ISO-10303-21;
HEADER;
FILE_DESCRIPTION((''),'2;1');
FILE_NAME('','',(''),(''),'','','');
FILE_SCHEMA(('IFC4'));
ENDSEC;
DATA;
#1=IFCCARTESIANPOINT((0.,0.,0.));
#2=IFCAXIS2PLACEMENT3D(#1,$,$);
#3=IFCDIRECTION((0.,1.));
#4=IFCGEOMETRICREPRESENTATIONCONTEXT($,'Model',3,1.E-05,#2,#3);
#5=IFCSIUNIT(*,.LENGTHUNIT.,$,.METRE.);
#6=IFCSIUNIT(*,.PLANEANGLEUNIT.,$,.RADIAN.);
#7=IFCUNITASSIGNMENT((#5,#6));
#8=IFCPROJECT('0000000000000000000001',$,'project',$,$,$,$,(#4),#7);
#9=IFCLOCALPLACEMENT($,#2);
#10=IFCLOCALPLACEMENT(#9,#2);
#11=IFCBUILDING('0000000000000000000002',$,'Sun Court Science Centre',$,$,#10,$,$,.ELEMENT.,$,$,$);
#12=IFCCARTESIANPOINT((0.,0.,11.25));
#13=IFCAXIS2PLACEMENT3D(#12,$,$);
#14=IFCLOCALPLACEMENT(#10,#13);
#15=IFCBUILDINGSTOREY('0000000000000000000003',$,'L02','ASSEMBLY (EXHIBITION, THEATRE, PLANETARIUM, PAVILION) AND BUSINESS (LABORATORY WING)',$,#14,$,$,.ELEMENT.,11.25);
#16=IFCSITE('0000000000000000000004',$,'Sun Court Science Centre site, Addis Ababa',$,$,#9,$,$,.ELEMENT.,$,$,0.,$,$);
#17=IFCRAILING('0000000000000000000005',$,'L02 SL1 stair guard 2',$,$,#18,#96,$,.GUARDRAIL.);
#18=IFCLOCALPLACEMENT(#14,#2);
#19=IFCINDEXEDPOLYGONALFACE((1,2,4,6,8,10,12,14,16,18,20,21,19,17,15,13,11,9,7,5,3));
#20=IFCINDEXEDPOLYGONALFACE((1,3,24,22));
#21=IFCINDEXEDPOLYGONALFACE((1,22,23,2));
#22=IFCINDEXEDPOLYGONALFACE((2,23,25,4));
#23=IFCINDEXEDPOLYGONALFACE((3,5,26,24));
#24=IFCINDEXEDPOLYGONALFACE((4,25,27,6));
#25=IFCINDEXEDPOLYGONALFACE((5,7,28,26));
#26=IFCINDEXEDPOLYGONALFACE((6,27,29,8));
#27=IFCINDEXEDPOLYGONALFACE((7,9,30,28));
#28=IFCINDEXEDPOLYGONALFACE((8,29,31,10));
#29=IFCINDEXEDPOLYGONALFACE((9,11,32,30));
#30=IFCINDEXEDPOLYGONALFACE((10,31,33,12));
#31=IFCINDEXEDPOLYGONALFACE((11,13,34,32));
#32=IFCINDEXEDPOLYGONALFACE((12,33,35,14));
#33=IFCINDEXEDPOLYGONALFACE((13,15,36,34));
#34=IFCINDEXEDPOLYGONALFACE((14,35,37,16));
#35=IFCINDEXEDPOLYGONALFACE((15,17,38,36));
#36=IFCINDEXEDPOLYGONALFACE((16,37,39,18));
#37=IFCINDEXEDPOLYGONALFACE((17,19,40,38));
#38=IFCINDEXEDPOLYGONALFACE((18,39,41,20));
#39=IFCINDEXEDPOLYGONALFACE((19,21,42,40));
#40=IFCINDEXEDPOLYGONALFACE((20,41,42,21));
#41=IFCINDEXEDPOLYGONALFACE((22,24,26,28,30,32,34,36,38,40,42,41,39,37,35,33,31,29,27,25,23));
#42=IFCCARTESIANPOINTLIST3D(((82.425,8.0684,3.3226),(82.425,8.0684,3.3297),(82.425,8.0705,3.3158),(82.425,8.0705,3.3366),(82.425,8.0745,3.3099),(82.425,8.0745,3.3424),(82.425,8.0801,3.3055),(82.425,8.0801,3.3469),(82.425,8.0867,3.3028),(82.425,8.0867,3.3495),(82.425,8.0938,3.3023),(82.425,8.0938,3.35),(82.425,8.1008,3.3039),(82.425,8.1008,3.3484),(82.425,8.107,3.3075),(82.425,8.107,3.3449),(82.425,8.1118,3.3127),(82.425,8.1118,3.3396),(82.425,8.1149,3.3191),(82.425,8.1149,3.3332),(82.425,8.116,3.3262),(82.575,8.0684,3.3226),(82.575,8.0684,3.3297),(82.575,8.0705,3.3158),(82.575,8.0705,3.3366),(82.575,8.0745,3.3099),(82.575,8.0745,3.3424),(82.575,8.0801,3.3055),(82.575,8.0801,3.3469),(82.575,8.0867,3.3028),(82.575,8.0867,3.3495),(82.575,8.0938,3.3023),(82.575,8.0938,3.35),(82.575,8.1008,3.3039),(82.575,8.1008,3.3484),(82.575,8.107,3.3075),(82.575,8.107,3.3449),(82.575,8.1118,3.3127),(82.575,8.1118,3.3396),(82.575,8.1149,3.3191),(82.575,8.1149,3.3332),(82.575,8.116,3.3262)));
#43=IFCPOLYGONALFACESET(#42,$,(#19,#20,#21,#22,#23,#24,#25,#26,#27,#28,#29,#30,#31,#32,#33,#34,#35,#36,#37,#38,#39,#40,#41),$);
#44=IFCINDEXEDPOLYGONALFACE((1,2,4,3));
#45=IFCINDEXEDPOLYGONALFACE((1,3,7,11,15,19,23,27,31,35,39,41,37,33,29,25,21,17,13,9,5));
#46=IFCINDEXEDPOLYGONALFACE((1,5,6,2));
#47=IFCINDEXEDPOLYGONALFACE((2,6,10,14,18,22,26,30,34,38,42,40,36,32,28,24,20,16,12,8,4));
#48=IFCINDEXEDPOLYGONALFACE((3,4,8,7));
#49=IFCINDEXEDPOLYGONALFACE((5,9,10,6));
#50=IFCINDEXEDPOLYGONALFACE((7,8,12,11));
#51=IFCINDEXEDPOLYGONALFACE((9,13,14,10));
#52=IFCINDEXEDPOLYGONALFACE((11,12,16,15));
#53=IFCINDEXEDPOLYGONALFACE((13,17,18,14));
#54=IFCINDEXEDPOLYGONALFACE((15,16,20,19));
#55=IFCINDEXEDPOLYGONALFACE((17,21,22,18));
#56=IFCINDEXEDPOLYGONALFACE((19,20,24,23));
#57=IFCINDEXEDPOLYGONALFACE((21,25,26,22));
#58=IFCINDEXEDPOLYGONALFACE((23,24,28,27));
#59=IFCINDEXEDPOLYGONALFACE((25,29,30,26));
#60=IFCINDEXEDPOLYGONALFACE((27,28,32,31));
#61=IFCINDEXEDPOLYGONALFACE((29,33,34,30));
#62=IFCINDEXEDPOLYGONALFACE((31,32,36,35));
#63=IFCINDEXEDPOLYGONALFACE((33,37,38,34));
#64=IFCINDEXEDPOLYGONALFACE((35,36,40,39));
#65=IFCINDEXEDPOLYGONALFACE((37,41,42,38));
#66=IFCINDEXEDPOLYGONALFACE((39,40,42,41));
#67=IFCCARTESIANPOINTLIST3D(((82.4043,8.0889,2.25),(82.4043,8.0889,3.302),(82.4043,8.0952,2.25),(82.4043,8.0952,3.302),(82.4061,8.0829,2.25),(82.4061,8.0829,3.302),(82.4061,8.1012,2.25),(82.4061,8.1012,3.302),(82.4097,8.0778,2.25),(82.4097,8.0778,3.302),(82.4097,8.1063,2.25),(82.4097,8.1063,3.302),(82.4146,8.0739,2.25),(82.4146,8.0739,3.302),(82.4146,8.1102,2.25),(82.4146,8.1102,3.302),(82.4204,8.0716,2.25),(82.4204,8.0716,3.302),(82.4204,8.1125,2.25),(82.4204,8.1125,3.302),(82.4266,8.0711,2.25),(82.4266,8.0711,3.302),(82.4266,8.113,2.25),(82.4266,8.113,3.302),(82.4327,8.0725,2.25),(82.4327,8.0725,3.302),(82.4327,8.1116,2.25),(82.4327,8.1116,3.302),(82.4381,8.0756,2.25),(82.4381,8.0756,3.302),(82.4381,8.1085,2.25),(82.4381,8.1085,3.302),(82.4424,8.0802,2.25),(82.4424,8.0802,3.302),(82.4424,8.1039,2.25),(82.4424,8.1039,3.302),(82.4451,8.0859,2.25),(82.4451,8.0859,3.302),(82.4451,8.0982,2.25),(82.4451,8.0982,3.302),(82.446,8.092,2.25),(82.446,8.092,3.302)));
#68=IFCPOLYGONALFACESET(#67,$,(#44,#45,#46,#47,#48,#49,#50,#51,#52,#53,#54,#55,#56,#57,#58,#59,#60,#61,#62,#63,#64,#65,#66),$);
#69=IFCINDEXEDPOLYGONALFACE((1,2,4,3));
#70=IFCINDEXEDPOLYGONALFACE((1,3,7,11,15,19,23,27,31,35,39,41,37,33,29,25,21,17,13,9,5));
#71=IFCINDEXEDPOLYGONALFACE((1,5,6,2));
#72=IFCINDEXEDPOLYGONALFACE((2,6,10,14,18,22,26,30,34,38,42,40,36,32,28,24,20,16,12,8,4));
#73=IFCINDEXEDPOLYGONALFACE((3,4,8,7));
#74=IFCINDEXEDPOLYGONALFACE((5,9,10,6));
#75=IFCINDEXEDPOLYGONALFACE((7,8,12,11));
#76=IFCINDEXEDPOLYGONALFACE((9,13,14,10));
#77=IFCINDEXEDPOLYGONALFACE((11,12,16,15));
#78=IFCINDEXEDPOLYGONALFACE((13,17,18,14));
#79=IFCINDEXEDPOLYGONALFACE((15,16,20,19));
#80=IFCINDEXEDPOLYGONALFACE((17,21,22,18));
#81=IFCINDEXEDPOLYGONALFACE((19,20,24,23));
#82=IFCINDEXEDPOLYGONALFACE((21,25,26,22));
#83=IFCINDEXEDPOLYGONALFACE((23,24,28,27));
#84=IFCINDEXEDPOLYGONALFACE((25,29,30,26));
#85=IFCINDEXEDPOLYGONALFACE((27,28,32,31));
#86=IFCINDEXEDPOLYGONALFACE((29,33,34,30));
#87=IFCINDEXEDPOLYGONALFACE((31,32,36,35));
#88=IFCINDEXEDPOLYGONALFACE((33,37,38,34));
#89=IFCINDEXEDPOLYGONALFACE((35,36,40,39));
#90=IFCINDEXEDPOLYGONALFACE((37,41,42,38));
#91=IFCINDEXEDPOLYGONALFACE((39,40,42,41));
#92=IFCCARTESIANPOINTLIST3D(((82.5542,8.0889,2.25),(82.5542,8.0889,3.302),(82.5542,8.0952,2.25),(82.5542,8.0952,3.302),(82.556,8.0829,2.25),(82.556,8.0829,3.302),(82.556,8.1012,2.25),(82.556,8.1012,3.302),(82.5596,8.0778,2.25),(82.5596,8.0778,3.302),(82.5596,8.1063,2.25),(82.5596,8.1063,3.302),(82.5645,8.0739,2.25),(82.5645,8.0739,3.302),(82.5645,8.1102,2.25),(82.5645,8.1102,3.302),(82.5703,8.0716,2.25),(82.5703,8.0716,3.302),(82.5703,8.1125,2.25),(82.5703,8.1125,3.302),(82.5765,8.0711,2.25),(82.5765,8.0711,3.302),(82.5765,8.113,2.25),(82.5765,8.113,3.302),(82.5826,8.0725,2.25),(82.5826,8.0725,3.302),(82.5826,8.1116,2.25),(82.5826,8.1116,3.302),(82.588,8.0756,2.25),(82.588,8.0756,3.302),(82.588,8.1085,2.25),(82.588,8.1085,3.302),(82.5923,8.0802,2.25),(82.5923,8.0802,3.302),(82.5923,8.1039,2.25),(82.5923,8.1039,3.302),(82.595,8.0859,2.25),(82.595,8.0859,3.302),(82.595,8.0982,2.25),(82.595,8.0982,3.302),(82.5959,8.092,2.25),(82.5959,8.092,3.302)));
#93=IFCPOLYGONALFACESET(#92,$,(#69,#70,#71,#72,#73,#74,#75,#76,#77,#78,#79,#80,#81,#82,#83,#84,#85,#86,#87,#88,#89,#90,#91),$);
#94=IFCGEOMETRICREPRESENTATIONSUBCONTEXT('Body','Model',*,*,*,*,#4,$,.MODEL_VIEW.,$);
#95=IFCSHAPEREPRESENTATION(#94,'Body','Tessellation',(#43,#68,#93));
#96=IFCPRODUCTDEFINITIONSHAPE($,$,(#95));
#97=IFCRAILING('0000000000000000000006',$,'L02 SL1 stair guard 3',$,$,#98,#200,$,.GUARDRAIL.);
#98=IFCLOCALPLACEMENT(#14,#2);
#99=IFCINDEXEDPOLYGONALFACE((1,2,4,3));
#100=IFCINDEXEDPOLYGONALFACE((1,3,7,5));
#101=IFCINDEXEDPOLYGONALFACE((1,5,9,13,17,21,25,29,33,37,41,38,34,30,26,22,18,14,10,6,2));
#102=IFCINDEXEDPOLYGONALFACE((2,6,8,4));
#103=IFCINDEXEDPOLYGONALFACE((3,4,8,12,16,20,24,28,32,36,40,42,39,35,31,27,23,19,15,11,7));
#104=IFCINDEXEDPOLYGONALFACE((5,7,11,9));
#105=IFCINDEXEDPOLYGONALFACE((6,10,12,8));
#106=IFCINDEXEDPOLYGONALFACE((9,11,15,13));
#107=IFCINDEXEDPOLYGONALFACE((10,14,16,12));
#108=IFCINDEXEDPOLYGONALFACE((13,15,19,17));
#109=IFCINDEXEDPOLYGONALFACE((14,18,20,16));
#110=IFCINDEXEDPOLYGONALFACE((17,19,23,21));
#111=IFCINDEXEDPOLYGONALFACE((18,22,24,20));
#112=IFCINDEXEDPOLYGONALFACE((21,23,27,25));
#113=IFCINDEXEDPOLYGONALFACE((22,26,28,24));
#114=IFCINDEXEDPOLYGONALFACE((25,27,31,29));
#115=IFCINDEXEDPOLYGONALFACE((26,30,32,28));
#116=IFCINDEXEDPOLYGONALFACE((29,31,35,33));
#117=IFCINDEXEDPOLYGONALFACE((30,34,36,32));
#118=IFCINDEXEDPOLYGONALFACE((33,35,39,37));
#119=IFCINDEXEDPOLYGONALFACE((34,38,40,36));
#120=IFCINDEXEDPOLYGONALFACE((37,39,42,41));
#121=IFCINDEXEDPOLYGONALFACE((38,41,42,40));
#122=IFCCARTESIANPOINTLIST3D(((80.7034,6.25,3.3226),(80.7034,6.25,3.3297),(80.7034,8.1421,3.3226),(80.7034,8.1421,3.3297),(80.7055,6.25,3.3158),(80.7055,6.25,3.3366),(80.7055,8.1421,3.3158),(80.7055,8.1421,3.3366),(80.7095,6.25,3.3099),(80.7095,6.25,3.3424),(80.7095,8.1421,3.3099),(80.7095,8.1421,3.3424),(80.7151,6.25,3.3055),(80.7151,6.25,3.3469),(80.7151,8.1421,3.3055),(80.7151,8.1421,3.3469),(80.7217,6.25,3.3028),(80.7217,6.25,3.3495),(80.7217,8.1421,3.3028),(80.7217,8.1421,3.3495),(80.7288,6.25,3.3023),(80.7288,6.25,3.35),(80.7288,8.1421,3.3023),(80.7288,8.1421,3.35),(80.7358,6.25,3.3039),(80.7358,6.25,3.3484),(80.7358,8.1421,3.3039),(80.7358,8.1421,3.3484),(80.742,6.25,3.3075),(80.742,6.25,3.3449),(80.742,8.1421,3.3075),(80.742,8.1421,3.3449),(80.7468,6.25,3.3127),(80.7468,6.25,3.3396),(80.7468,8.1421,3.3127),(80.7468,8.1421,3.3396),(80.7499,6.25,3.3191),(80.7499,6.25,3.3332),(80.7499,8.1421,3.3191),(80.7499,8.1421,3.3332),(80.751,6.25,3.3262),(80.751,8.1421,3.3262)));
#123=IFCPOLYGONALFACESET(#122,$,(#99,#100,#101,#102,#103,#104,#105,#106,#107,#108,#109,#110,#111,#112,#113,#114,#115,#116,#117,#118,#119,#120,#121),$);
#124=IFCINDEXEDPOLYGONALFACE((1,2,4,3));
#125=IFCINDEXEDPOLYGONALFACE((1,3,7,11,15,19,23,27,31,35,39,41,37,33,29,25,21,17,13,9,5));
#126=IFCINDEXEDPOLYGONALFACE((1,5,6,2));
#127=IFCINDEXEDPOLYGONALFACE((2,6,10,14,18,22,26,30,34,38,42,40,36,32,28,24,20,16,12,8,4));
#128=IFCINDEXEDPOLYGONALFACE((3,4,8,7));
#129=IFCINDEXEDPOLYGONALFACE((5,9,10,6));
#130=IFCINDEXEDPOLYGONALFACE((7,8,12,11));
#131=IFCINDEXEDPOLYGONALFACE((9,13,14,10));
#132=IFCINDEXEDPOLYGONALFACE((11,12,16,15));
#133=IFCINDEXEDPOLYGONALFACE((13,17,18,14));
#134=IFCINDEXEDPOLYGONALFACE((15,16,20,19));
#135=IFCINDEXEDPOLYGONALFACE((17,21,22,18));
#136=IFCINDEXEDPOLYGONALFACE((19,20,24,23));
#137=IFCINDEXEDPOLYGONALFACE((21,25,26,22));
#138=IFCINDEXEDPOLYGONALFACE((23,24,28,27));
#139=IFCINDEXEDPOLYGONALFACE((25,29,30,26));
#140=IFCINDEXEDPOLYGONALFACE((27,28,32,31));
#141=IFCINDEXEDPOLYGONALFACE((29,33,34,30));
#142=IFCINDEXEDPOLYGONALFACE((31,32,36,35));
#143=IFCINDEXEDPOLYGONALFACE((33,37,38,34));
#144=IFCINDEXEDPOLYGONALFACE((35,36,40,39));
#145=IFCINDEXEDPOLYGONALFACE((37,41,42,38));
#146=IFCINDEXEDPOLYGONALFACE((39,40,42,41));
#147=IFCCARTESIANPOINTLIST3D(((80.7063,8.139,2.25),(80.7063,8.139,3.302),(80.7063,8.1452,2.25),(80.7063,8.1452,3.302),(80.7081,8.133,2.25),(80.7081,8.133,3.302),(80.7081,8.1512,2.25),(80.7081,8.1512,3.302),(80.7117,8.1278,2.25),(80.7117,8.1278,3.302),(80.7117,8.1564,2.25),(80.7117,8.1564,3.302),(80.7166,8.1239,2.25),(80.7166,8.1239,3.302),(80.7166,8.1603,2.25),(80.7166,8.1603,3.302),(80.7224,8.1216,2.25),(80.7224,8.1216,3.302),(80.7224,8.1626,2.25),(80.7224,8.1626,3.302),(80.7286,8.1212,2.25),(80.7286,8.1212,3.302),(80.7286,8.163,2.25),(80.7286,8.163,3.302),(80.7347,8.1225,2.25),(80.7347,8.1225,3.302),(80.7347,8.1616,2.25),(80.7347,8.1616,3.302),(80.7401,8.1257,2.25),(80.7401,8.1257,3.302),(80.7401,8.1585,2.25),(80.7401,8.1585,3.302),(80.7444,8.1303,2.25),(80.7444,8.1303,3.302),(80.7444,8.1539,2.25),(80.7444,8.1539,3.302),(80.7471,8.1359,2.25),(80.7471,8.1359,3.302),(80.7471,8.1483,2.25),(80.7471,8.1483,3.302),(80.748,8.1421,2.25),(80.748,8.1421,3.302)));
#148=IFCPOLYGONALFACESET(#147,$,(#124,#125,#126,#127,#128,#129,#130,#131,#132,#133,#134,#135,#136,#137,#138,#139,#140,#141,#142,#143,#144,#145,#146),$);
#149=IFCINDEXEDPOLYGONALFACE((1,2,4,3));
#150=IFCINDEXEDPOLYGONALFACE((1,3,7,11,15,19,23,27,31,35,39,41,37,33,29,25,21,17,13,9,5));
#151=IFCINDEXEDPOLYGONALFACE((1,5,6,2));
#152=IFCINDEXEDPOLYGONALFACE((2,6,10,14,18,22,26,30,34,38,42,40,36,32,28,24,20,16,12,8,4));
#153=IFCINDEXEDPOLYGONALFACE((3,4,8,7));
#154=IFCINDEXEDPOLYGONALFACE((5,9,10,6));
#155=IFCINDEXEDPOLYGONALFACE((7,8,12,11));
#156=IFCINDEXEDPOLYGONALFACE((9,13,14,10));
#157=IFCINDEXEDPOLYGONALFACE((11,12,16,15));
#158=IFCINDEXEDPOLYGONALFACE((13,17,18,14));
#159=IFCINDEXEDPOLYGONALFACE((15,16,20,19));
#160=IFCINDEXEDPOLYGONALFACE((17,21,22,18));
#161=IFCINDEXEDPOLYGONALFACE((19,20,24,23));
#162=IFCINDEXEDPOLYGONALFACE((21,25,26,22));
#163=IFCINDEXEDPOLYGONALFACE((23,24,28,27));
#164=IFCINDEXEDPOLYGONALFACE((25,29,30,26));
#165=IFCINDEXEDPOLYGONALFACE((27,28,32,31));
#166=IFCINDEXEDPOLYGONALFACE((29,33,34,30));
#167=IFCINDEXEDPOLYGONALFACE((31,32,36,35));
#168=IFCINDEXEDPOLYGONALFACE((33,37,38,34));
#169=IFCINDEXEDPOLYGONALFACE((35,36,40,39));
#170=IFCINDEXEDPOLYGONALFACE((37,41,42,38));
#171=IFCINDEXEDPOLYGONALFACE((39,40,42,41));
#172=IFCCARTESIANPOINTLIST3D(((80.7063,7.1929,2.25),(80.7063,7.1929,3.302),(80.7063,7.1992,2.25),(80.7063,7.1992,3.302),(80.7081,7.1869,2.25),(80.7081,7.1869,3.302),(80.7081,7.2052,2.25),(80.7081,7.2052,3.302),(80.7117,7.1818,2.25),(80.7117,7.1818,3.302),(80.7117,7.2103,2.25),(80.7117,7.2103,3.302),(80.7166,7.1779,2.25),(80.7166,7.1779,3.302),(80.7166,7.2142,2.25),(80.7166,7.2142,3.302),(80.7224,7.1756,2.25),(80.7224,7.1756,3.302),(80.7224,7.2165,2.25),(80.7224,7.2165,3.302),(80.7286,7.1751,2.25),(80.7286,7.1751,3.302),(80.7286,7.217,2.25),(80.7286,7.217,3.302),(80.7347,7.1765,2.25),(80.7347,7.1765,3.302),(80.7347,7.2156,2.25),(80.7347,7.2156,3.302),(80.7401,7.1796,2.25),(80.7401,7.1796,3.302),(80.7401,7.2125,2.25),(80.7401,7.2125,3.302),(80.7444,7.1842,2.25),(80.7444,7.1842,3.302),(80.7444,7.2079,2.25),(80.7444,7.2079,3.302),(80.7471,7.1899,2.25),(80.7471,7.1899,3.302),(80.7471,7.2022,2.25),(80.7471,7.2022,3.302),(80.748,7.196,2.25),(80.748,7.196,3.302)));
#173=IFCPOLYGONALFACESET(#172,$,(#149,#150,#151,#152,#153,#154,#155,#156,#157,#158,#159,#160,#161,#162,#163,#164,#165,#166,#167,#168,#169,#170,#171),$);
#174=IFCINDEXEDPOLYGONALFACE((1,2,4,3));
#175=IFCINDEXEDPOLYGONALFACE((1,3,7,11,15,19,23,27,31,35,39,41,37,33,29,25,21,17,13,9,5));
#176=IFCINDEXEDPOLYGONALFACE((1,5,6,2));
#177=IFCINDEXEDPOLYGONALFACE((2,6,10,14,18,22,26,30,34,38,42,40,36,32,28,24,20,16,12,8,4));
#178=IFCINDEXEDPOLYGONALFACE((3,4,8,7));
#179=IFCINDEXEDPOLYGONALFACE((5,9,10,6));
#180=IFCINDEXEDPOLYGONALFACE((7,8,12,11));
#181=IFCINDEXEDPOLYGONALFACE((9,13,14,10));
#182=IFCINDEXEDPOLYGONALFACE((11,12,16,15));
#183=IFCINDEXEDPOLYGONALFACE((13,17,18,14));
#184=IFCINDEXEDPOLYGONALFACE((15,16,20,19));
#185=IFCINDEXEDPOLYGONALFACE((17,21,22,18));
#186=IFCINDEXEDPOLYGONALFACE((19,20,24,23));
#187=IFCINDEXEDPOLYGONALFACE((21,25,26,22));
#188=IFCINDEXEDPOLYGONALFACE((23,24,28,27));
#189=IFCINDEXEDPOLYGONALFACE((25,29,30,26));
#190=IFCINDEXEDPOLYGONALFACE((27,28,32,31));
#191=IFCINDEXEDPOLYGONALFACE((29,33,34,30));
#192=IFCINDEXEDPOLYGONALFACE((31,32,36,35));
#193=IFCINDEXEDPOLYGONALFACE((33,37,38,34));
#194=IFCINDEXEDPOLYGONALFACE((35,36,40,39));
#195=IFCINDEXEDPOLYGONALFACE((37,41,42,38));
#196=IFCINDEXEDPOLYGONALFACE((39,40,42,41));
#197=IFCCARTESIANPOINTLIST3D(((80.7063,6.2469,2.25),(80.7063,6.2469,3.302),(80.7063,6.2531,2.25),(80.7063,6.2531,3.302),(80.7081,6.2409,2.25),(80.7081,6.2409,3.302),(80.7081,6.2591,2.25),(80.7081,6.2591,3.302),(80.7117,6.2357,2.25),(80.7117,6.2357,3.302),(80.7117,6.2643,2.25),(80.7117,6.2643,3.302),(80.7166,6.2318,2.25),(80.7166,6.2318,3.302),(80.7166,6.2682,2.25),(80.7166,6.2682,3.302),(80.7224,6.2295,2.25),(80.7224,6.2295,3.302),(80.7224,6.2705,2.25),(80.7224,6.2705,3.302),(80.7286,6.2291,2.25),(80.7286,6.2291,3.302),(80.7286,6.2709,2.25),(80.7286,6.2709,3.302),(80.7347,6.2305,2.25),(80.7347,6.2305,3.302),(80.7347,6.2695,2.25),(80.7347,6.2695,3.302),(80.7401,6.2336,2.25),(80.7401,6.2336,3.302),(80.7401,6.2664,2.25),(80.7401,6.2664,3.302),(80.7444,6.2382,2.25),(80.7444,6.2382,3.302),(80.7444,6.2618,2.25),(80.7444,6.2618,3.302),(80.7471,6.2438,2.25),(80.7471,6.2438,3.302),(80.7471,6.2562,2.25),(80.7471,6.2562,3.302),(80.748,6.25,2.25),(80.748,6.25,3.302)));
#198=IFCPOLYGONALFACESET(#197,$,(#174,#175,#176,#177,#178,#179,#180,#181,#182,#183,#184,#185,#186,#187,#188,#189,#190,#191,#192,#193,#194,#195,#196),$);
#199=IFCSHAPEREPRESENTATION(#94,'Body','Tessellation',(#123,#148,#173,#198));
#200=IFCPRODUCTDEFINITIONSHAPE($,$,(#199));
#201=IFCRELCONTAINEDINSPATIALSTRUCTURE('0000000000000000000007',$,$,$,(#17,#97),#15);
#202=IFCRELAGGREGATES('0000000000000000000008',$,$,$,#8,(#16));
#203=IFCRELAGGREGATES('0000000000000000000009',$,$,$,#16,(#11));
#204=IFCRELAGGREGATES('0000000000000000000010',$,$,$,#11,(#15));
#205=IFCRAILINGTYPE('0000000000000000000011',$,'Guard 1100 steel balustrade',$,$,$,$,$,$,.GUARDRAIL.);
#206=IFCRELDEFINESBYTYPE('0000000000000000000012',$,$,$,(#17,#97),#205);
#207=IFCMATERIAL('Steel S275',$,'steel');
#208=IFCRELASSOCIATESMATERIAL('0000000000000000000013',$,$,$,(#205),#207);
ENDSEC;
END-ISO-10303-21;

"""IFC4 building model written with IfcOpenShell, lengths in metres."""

from ifc_helpers import new_model, si_unit, direction, frame, origin, origin_2d, place, context, subcontext, project, spatial, circle, extrude, material, type_object, element, save


model = new_model("IFC4")

# Units and contexts
model_context = context("Model", 3, precision=1e-05, world=origin(), true_north=direction((0.0, 1.0)))
body_context = subcontext(model_context, "Body", "Model", "MODEL_VIEW")
ifc_project = project(units=[si_unit("LENGTHUNIT", "METRE"), si_unit("PLANEANGLEUNIT", "RADIAN")], contexts=[model_context])

# Site, building, storey
site_placement = place(None, origin())
site = spatial("IfcSite", under=ifc_project, at=site_placement, Name="Sun Court Science Centre site, Addis Ababa", CompositionType="ELEMENT", RefElevation=0.0)
building_placement = place(site_placement, origin())
building = spatial("IfcBuilding", under=site, at=building_placement, Name="Sun Court Science Centre", CompositionType="ELEMENT")
storey_placement = place(building_placement, frame((0.0, 0.0, 11.25)))
storey = spatial("IfcBuildingStorey", under=building, at=storey_placement, Name="L02", Description="ASSEMBLY (EXHIBITION, THEATRE, PLANETARIUM, PAVILION) AND BUSINESS (LABORATORY WING)", CompositionType="ELEMENT", Elevation=11.25)

# Railings
ifc_material_1 = material(Name="Steel S275", Category="steel")
railing_type_1 = type_object("IfcRailingType", Name="Guard 1100 steel balustrade", PredefinedType="GUARDRAIL", material=ifc_material_1)
railing_1_placement = place(storey_placement, frame((82.425, 8.092, 2.25)))
element("IfcRailing", 1, at=railing_1_placement, inside=storey, type_object=railing_type_1, Name="L02 SL1 stair guard 2", PredefinedType="GUARDRAIL", context=body_context, shape_type="SweptSolid", body=[
    extrude(circle(Radius=0.0239, at=origin_2d()), frame((0.0, 0.0, 1.0762), z_axis=(1.0, 0.0, 0.0), x_axis=(0.0, 1.0, 0.0)), (0.0, 0.0, 1.0), 0.1499),
    extrude(circle(Radius=0.021, at=origin_2d()), origin(), (0.0, 0.0, 1.0), 1.052),
    extrude(circle(Radius=0.021, at=origin_2d()), frame((0.1499, 0.0, 0.0)), (0.0, 0.0, 1.0), 1.052),
])
for number, where, name in (
    (2, (80.7271, 8.1421, 2.25), "L02 SL1 stair guard 3"),
):
    element("IfcRailing", number, at=place(storey_placement, frame(where)), inside=storey, type_object=railing_type_1, Name=name, PredefinedType="GUARDRAIL", context=body_context, shape_type="SweptSolid", body=[
        extrude(circle(Radius=0.0239, at=origin_2d()), frame((0.0, 0.0, 1.0762), z_axis=(0.0, -1.0, 0.0), x_axis=(1.0, 0.0, 0.0)), (0.0, 0.0, 1.0), 1.8921),
        extrude(circle(Radius=0.021, at=origin_2d()), origin(), (0.0, 0.0, 1.0), 1.052),
        extrude(circle(Radius=0.021, at=origin_2d()), frame((0.0, -0.946, 0.0)), (0.0, 0.0, 1.0), 1.052),
        extrude(circle(Radius=0.021, at=origin_2d()), frame((0.0, -1.8921, 0.0)), (0.0, 0.0, 1.0), 1.052),
    ])

save(model, "model.ifc")
